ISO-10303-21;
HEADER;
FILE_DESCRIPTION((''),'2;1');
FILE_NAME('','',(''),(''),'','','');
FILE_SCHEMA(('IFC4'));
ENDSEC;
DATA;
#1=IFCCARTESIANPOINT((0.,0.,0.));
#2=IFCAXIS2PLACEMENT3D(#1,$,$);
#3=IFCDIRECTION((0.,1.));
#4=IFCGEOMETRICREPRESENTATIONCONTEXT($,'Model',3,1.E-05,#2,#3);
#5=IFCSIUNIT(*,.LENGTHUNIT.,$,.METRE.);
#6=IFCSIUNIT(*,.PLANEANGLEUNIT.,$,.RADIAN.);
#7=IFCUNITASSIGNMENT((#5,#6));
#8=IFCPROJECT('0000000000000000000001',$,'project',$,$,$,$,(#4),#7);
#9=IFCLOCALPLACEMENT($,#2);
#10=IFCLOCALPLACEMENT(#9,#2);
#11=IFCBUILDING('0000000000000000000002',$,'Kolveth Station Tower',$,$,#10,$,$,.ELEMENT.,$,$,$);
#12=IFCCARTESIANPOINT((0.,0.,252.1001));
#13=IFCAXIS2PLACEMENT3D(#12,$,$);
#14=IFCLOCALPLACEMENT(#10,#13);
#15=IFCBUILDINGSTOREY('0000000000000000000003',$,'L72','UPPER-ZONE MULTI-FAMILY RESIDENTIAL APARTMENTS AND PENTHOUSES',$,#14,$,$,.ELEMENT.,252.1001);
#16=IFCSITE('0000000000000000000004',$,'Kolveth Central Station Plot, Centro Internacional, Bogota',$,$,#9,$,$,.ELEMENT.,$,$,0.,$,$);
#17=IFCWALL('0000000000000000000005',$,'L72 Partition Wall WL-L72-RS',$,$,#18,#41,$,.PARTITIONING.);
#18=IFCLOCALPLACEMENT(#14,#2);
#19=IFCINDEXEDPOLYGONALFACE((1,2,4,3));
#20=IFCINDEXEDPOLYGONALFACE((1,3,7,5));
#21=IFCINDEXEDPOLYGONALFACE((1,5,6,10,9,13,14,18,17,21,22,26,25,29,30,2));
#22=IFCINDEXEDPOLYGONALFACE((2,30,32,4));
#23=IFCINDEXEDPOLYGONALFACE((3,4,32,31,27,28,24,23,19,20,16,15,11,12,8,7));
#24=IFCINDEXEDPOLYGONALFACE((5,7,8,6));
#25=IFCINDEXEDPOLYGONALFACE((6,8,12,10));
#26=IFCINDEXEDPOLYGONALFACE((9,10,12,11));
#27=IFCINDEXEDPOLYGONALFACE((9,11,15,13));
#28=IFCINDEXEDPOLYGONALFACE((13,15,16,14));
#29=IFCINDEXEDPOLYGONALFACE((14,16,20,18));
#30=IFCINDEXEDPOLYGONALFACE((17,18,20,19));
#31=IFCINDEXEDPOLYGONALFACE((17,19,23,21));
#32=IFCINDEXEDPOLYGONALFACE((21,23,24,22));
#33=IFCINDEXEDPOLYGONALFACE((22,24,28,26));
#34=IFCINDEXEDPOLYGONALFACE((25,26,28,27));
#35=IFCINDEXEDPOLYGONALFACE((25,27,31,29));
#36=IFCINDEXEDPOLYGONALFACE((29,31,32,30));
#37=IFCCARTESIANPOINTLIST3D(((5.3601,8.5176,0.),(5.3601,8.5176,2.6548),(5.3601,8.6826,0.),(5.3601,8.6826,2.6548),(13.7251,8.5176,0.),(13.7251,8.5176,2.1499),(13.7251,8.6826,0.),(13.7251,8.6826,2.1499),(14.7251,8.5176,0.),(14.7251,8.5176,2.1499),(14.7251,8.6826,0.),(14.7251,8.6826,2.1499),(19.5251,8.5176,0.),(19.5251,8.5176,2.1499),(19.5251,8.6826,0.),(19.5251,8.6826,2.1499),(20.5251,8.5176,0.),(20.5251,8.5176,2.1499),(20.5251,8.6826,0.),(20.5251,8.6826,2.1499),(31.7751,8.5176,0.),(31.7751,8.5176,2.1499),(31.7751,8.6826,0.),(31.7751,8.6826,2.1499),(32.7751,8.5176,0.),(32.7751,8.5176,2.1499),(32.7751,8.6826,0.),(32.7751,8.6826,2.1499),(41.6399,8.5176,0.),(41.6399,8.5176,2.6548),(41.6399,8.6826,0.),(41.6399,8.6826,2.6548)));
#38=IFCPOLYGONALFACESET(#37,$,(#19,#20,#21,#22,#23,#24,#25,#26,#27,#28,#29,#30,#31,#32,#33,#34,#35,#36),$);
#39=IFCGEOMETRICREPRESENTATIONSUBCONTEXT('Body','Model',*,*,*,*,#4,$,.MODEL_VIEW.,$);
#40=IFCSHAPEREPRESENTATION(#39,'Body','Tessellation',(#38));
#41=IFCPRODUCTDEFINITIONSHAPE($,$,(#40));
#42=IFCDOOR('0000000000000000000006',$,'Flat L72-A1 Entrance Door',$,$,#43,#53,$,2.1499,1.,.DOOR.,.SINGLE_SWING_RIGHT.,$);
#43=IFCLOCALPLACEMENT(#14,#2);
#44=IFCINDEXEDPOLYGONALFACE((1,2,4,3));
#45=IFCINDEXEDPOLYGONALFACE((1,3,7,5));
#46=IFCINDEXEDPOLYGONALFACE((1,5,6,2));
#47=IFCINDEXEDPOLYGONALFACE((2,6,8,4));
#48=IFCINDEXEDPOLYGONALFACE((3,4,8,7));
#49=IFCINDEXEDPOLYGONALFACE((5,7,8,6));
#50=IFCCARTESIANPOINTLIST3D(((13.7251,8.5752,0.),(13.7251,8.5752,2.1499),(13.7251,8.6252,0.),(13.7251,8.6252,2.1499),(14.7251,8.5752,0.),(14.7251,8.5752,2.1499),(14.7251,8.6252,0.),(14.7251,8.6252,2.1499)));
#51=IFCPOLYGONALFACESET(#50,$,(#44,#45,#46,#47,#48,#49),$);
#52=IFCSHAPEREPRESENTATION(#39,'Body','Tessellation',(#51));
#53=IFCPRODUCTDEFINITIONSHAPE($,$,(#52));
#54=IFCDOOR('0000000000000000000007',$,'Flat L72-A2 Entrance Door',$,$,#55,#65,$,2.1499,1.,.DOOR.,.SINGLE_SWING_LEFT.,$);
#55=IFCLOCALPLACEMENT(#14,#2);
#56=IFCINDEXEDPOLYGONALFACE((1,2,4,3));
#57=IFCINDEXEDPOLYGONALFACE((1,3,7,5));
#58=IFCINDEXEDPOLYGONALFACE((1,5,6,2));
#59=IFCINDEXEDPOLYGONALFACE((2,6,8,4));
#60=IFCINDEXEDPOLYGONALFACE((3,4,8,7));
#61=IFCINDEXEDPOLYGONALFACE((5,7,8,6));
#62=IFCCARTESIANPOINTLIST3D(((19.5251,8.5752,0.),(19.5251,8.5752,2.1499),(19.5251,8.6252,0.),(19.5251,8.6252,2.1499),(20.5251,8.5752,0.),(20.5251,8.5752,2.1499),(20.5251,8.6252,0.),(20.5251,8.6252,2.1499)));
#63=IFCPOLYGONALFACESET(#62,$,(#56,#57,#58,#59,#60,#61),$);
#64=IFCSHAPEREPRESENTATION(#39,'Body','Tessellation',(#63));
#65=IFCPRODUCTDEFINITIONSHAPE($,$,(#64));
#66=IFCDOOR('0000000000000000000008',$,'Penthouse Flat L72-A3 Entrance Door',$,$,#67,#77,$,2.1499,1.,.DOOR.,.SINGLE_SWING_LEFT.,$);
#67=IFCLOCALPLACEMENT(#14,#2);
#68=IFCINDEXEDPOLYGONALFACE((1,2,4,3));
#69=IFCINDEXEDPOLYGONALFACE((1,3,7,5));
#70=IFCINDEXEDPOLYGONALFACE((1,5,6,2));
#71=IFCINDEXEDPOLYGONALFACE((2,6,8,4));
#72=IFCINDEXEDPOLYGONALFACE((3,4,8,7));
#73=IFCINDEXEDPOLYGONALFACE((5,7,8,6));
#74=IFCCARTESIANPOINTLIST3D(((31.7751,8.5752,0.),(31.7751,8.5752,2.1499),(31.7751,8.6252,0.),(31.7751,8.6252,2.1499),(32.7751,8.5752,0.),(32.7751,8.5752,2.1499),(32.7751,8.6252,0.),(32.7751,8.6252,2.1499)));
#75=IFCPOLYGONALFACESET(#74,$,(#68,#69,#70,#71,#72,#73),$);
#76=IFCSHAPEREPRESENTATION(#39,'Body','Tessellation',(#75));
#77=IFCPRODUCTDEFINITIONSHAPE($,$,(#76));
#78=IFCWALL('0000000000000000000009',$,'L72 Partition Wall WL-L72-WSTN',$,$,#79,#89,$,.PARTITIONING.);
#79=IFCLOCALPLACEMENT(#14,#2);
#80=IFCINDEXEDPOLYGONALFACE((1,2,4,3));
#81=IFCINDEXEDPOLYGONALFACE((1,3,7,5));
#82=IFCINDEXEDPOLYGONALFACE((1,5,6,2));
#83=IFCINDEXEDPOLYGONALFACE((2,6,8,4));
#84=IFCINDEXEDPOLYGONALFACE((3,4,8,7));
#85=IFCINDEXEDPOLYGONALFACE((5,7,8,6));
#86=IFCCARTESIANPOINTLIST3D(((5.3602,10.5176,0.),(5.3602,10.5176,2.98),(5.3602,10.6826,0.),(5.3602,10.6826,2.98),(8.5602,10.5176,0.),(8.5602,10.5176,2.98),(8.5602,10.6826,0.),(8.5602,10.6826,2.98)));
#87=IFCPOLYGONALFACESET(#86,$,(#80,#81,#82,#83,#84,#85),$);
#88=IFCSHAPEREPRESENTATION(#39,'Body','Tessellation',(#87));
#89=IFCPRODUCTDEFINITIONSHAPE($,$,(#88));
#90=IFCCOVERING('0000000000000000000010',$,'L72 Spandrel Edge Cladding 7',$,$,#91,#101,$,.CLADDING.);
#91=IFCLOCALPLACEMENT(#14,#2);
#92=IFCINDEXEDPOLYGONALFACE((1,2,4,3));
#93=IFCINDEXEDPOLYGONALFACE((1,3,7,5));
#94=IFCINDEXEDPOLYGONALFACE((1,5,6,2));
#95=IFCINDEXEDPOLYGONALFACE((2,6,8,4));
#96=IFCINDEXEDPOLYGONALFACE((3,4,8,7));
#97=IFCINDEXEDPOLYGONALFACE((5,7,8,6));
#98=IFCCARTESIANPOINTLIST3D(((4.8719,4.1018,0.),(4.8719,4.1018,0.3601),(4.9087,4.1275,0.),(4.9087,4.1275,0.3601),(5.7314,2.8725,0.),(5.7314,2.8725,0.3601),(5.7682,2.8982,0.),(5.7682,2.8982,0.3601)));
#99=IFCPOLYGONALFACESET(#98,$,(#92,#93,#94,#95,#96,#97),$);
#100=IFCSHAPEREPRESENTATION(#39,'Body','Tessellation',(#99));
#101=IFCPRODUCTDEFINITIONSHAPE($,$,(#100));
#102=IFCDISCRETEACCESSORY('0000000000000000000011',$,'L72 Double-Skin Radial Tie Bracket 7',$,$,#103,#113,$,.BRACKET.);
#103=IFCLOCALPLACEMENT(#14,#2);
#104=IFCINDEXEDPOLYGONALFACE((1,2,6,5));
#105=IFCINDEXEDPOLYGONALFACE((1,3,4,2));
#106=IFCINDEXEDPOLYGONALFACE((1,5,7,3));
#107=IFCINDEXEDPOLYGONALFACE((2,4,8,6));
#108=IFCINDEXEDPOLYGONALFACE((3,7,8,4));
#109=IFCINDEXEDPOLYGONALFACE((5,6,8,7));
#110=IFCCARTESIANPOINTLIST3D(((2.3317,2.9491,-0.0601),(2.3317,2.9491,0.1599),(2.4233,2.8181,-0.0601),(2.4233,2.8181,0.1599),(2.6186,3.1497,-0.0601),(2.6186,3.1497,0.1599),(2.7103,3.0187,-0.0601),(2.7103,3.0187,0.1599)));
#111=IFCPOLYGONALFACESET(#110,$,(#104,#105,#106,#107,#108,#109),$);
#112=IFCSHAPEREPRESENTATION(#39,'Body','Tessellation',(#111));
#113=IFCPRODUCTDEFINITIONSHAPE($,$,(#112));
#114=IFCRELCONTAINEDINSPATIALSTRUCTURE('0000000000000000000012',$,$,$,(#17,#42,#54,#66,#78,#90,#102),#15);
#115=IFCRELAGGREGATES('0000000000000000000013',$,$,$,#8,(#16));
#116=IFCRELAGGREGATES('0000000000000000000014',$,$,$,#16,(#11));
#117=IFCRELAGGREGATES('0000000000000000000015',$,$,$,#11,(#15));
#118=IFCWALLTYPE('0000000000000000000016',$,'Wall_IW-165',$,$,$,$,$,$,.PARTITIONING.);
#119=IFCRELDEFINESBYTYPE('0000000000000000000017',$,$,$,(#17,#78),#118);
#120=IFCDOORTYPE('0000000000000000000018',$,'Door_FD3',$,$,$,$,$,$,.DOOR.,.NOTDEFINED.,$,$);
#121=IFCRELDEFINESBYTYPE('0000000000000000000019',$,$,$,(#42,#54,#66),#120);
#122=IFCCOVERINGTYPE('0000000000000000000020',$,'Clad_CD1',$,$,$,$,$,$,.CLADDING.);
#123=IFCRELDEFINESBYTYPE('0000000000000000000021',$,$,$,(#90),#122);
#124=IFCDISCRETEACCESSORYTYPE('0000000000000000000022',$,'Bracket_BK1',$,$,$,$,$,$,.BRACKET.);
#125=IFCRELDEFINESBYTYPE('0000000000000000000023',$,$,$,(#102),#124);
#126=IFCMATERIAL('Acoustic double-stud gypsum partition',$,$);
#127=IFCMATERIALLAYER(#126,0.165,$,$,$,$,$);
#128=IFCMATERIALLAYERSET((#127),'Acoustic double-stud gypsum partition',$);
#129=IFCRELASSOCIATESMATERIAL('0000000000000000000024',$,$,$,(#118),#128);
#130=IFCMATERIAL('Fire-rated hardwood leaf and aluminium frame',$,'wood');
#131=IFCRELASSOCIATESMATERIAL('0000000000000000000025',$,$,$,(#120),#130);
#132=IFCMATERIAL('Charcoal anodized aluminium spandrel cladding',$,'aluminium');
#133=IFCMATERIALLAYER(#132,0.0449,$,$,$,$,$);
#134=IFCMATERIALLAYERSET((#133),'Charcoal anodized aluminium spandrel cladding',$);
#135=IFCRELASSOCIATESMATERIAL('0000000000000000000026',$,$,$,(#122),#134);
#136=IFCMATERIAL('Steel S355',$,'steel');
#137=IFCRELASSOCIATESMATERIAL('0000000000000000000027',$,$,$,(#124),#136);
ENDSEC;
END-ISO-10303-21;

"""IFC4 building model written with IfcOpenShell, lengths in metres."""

from ifc_helpers import new_model, si_unit, direction, frame, frame_2d, origin, origin_2d, place, context, subcontext, project, spatial, rectangle, extrude, source, transform, mapped, material, layer, layer_set, type_object, element, fill, save


model = new_model("IFC4")

# Units and contexts
model_context = context("Model", 3, precision=1e-05, world=origin(), true_north=direction((0.0, 1.0)))
body_context = subcontext(model_context, "Body", "Model", "MODEL_VIEW")
ifc_project = project(units=[si_unit("LENGTHUNIT", "METRE"), si_unit("PLANEANGLEUNIT", "RADIAN")], contexts=[model_context])

# Site, building, storey
site_placement = place(None, origin())
site = spatial("IfcSite", under=ifc_project, at=site_placement, Name="Kolveth Central Station Plot, Centro Internacional, Bogota", CompositionType="ELEMENT", RefElevation=0.0)
building_placement = place(site_placement, origin())
building = spatial("IfcBuilding", under=site, at=building_placement, Name="Kolveth Station Tower", CompositionType="ELEMENT")
storey_placement = place(building_placement, frame((0.0, 0.0, 252.1001)))
storey = spatial("IfcBuildingStorey", under=building, at=storey_placement, Name="L72", Description="UPPER-ZONE MULTI-FAMILY RESIDENTIAL APARTMENTS AND PENTHOUSES", CompositionType="ELEMENT", Elevation=252.1001)

# Shared definitions
ifc_material_1 = material(Name="Steel S355", Category="steel")

# Wall, openings, doors
ifc_material_2 = material(Name="Acoustic double-stud gypsum partition")
ifc_layer_1 = layer(ifc_material_2, 0.165)
ifc_layer_set_1 = layer_set([ifc_layer_1], Name="Acoustic double-stud gypsum partition")
wall_type_1 = type_object("IfcWallType", Name="Wall_IW-165", PredefinedType="PARTITIONING", material=ifc_layer_set_1)
wall_1_placement = place(storey_placement, frame((5.3601, 8.6001, 0.0), z_axis=(0.0, 0.0, 1.0), x_axis=(1.0, 0.0, 0.0)))
wall_1 = element("IfcWall", 1, at=wall_1_placement, inside=storey, type_object=wall_type_1, Name="L72 Partition Wall WL-L72-RS", PredefinedType="PARTITIONING", context=body_context, shape_type="SweptSolid", body=[
    extrude(rectangle(XDim=36.2798, YDim=0.165, at=frame_2d((18.1399, 0.0))), origin(), (0.0, 0.0, 1.0), 2.6548),
])
opening_1_placement = place(wall_1_placement, frame((8.365, 0.0, 0.0)))
opening_1 = element("IfcOpeningElement", 2, at=opening_1_placement, cuts=wall_1, PredefinedType="OPENING", context=body_context, shape_type="SweptSolid", body=[
    extrude(rectangle(XDim=1.0, YDim=2.1499, at=frame_2d((0.5, 1.075))), frame((0.0, 0.0925, 0.0), z_axis=(0.0, -1.0, 0.0), x_axis=(1.0, 0.0, 0.0)), (0.0, 0.0, 1.0), 0.1851),
])
opening_2_placement = place(wall_1_placement, frame((14.165, 0.0, 0.0)))
opening_2 = element("IfcOpeningElement", 3, at=opening_2_placement, cuts=wall_1, PredefinedType="OPENING", context=body_context, shape_type="SweptSolid", body=[
    extrude(rectangle(XDim=1.0, YDim=2.1499, at=frame_2d((0.5, 1.075))), frame((0.0, 0.0925, 0.0), z_axis=(0.0, -1.0, 0.0), x_axis=(1.0, 0.0, 0.0)), (0.0, 0.0, 1.0), 0.1851),
])
opening_3_placement = place(wall_1_placement, frame((26.415, 0.0, 0.0)))
opening_3 = element("IfcOpeningElement", 4, at=opening_3_placement, cuts=wall_1, PredefinedType="OPENING", context=body_context, shape_type="SweptSolid", body=[
    extrude(rectangle(XDim=1.0, YDim=2.1499, at=frame_2d((0.5, 1.075))), frame((0.0, 0.0925, 0.0), z_axis=(0.0, -1.0, 0.0), x_axis=(1.0, 0.0, 0.0)), (0.0, 0.0, 1.0), 0.1851),
])
ifc_material_3 = material(Name="Fire-rated hardwood leaf and aluminium frame", Category="wood")
door_type_1 = type_object("IfcDoorType", Name="Door_FD3", OperationType="NOTDEFINED", PredefinedType="DOOR", material=ifc_material_3)
door_1_placement = place(opening_1_placement, frame((1.0, 0.0, 0.0), z_axis=(0.0, 0.0, 1.0), x_axis=(-1.0, 0.0, 0.0)))
door_1 = element("IfcDoor", 5, at=door_1_placement, inside=storey, type_object=door_type_1, Name="Flat L72-A1 Entrance Door", OperationType="SINGLE_SWING_RIGHT", OverallHeight=2.1499, OverallWidth=1.0, PredefinedType="DOOR", context=body_context, shape_type="SweptSolid", body=[
    extrude(rectangle(XDim=1.0, YDim=2.1499, at=frame_2d((0.5, 1.075))), frame((0.0, 0.0249, 0.0), z_axis=(0.0, -1.0, 0.0), x_axis=(1.0, 0.0, 0.0)), (0.0, 0.0, 1.0), 0.05),
])
fill(opening_1, door_1)
door_2_placement = place(opening_2_placement, frame((1.0, 0.0, 0.0), z_axis=(0.0, 0.0, 1.0), x_axis=(-1.0, 0.0, 0.0)))
door_2 = element("IfcDoor", 6, at=door_2_placement, inside=storey, type_object=door_type_1, Name="Flat L72-A2 Entrance Door", OperationType="SINGLE_SWING_LEFT", OverallHeight=2.1499, OverallWidth=1.0, PredefinedType="DOOR", context=body_context, shape_type="SweptSolid", body=[
    extrude(rectangle(XDim=1.0, YDim=2.1499, at=frame_2d((0.5, 1.075))), frame((0.0, 0.0249, 0.0), z_axis=(0.0, -1.0, 0.0), x_axis=(1.0, 0.0, 0.0)), (0.0, 0.0, 1.0), 0.05),
])
fill(opening_2, door_2)
door_3_placement = place(opening_3_placement, frame((1.0, 0.0, 0.0), z_axis=(0.0, 0.0, 1.0), x_axis=(-1.0, 0.0, 0.0)))
door_3 = element("IfcDoor", 7, at=door_3_placement, inside=storey, type_object=door_type_1, Name="Penthouse Flat L72-A3 Entrance Door", OperationType="SINGLE_SWING_LEFT", OverallHeight=2.1499, OverallWidth=1.0, PredefinedType="DOOR", context=body_context, shape_type="SweptSolid", body=[
    extrude(rectangle(XDim=1.0, YDim=2.1499, at=frame_2d((0.5, 1.075))), frame((0.0, 0.0249, 0.0), z_axis=(0.0, -1.0, 0.0), x_axis=(1.0, 0.0, 0.0)), (0.0, 0.0, 1.0), 0.05),
])
fill(opening_3, door_3)

# Wall
wall_2_placement = place(storey_placement, frame((5.3601, 10.6001, 0.0), z_axis=(0.0, 0.0, 1.0), x_axis=(1.0, 0.0, 0.0)))
element("IfcWall", 8, at=wall_2_placement, inside=storey, type_object=wall_type_1, Name="L72 Partition Wall WL-L72-WSTN", PredefinedType="PARTITIONING", context=body_context, shape_type="SweptSolid", body=[
    extrude(rectangle(XDim=3.2, YDim=0.165, at=frame_2d((1.6001, 0.0))), origin(), (0.0, 0.0, 1.0), 2.98),
])

# Covering
ifc_material_4 = material(Name="Charcoal anodized aluminium spandrel cladding", Category="aluminium")
ifc_layer_2 = layer(ifc_material_4, 0.0449)
ifc_layer_set_2 = layer_set([ifc_layer_2], Name="Charcoal anodized aluminium spandrel cladding")
covering_type = type_object("IfcCoveringType", Name="Clad_CD1", PredefinedType="CLADDING", material=ifc_layer_set_2)
shared_shape_1 = source(origin(), body_context, "Body", "SweptSolid", [
    extrude(rectangle(XDim=1.5, YDim=0.0449, at=origin_2d()), origin(), (0.0, 0.0, 1.0), 0.3601),
])
covering_placement = place(storey_placement, frame((5.3201, 3.5, 0.0), z_axis=(0.0, 0.0, 1.0), x_axis=(0.573004, -0.819552, 0.0)))
element("IfcCovering", 9, at=covering_placement, inside=storey, type_object=covering_type, Name="L72 Spandrel Edge Cladding 7", PredefinedType="CLADDING", context=body_context, shape_type="MappedRepresentation", body=[
    mapped(shared_shape_1, transform((0.0, 0.0, 0.0), x_axis=(1.0, 0.0, 0.0), y_axis=(0.0, 1.0, 0.0), z_axis=(0.0, 0.0, 1.0), scale=1.0)),
])

# Discrete accessory
discrete_accessory_type = type_object("IfcDiscreteAccessoryType", Name="Bracket_BK1", PredefinedType="BRACKET", material=ifc_material_1)
shared_shape_2 = source(origin(), body_context, "Body", "SweptSolid", [
    extrude(rectangle(XDim=0.3501, YDim=0.1599, at=origin_2d()), origin(), (0.0, 0.0, 1.0), 0.22),
])
discrete_accessory_placement = place(storey_placement, frame((2.521, 2.9839, -0.0601), z_axis=(0.0, 0.0, 1.0), x_axis=(-0.819552, -0.573004, 0.0)))
element("IfcDiscreteAccessory", 10, at=discrete_accessory_placement, inside=storey, type_object=discrete_accessory_type, Name="L72 Double-Skin Radial Tie Bracket 7", PredefinedType="BRACKET", context=body_context, shape_type="MappedRepresentation", body=[
    mapped(shared_shape_2, transform((0.0, 0.0, 0.0), x_axis=(1.0, 0.0, 0.0), y_axis=(0.0, 1.0, 0.0), z_axis=(0.0, 0.0, 1.0), scale=1.0)),
])

save(model, "model.ifc")
